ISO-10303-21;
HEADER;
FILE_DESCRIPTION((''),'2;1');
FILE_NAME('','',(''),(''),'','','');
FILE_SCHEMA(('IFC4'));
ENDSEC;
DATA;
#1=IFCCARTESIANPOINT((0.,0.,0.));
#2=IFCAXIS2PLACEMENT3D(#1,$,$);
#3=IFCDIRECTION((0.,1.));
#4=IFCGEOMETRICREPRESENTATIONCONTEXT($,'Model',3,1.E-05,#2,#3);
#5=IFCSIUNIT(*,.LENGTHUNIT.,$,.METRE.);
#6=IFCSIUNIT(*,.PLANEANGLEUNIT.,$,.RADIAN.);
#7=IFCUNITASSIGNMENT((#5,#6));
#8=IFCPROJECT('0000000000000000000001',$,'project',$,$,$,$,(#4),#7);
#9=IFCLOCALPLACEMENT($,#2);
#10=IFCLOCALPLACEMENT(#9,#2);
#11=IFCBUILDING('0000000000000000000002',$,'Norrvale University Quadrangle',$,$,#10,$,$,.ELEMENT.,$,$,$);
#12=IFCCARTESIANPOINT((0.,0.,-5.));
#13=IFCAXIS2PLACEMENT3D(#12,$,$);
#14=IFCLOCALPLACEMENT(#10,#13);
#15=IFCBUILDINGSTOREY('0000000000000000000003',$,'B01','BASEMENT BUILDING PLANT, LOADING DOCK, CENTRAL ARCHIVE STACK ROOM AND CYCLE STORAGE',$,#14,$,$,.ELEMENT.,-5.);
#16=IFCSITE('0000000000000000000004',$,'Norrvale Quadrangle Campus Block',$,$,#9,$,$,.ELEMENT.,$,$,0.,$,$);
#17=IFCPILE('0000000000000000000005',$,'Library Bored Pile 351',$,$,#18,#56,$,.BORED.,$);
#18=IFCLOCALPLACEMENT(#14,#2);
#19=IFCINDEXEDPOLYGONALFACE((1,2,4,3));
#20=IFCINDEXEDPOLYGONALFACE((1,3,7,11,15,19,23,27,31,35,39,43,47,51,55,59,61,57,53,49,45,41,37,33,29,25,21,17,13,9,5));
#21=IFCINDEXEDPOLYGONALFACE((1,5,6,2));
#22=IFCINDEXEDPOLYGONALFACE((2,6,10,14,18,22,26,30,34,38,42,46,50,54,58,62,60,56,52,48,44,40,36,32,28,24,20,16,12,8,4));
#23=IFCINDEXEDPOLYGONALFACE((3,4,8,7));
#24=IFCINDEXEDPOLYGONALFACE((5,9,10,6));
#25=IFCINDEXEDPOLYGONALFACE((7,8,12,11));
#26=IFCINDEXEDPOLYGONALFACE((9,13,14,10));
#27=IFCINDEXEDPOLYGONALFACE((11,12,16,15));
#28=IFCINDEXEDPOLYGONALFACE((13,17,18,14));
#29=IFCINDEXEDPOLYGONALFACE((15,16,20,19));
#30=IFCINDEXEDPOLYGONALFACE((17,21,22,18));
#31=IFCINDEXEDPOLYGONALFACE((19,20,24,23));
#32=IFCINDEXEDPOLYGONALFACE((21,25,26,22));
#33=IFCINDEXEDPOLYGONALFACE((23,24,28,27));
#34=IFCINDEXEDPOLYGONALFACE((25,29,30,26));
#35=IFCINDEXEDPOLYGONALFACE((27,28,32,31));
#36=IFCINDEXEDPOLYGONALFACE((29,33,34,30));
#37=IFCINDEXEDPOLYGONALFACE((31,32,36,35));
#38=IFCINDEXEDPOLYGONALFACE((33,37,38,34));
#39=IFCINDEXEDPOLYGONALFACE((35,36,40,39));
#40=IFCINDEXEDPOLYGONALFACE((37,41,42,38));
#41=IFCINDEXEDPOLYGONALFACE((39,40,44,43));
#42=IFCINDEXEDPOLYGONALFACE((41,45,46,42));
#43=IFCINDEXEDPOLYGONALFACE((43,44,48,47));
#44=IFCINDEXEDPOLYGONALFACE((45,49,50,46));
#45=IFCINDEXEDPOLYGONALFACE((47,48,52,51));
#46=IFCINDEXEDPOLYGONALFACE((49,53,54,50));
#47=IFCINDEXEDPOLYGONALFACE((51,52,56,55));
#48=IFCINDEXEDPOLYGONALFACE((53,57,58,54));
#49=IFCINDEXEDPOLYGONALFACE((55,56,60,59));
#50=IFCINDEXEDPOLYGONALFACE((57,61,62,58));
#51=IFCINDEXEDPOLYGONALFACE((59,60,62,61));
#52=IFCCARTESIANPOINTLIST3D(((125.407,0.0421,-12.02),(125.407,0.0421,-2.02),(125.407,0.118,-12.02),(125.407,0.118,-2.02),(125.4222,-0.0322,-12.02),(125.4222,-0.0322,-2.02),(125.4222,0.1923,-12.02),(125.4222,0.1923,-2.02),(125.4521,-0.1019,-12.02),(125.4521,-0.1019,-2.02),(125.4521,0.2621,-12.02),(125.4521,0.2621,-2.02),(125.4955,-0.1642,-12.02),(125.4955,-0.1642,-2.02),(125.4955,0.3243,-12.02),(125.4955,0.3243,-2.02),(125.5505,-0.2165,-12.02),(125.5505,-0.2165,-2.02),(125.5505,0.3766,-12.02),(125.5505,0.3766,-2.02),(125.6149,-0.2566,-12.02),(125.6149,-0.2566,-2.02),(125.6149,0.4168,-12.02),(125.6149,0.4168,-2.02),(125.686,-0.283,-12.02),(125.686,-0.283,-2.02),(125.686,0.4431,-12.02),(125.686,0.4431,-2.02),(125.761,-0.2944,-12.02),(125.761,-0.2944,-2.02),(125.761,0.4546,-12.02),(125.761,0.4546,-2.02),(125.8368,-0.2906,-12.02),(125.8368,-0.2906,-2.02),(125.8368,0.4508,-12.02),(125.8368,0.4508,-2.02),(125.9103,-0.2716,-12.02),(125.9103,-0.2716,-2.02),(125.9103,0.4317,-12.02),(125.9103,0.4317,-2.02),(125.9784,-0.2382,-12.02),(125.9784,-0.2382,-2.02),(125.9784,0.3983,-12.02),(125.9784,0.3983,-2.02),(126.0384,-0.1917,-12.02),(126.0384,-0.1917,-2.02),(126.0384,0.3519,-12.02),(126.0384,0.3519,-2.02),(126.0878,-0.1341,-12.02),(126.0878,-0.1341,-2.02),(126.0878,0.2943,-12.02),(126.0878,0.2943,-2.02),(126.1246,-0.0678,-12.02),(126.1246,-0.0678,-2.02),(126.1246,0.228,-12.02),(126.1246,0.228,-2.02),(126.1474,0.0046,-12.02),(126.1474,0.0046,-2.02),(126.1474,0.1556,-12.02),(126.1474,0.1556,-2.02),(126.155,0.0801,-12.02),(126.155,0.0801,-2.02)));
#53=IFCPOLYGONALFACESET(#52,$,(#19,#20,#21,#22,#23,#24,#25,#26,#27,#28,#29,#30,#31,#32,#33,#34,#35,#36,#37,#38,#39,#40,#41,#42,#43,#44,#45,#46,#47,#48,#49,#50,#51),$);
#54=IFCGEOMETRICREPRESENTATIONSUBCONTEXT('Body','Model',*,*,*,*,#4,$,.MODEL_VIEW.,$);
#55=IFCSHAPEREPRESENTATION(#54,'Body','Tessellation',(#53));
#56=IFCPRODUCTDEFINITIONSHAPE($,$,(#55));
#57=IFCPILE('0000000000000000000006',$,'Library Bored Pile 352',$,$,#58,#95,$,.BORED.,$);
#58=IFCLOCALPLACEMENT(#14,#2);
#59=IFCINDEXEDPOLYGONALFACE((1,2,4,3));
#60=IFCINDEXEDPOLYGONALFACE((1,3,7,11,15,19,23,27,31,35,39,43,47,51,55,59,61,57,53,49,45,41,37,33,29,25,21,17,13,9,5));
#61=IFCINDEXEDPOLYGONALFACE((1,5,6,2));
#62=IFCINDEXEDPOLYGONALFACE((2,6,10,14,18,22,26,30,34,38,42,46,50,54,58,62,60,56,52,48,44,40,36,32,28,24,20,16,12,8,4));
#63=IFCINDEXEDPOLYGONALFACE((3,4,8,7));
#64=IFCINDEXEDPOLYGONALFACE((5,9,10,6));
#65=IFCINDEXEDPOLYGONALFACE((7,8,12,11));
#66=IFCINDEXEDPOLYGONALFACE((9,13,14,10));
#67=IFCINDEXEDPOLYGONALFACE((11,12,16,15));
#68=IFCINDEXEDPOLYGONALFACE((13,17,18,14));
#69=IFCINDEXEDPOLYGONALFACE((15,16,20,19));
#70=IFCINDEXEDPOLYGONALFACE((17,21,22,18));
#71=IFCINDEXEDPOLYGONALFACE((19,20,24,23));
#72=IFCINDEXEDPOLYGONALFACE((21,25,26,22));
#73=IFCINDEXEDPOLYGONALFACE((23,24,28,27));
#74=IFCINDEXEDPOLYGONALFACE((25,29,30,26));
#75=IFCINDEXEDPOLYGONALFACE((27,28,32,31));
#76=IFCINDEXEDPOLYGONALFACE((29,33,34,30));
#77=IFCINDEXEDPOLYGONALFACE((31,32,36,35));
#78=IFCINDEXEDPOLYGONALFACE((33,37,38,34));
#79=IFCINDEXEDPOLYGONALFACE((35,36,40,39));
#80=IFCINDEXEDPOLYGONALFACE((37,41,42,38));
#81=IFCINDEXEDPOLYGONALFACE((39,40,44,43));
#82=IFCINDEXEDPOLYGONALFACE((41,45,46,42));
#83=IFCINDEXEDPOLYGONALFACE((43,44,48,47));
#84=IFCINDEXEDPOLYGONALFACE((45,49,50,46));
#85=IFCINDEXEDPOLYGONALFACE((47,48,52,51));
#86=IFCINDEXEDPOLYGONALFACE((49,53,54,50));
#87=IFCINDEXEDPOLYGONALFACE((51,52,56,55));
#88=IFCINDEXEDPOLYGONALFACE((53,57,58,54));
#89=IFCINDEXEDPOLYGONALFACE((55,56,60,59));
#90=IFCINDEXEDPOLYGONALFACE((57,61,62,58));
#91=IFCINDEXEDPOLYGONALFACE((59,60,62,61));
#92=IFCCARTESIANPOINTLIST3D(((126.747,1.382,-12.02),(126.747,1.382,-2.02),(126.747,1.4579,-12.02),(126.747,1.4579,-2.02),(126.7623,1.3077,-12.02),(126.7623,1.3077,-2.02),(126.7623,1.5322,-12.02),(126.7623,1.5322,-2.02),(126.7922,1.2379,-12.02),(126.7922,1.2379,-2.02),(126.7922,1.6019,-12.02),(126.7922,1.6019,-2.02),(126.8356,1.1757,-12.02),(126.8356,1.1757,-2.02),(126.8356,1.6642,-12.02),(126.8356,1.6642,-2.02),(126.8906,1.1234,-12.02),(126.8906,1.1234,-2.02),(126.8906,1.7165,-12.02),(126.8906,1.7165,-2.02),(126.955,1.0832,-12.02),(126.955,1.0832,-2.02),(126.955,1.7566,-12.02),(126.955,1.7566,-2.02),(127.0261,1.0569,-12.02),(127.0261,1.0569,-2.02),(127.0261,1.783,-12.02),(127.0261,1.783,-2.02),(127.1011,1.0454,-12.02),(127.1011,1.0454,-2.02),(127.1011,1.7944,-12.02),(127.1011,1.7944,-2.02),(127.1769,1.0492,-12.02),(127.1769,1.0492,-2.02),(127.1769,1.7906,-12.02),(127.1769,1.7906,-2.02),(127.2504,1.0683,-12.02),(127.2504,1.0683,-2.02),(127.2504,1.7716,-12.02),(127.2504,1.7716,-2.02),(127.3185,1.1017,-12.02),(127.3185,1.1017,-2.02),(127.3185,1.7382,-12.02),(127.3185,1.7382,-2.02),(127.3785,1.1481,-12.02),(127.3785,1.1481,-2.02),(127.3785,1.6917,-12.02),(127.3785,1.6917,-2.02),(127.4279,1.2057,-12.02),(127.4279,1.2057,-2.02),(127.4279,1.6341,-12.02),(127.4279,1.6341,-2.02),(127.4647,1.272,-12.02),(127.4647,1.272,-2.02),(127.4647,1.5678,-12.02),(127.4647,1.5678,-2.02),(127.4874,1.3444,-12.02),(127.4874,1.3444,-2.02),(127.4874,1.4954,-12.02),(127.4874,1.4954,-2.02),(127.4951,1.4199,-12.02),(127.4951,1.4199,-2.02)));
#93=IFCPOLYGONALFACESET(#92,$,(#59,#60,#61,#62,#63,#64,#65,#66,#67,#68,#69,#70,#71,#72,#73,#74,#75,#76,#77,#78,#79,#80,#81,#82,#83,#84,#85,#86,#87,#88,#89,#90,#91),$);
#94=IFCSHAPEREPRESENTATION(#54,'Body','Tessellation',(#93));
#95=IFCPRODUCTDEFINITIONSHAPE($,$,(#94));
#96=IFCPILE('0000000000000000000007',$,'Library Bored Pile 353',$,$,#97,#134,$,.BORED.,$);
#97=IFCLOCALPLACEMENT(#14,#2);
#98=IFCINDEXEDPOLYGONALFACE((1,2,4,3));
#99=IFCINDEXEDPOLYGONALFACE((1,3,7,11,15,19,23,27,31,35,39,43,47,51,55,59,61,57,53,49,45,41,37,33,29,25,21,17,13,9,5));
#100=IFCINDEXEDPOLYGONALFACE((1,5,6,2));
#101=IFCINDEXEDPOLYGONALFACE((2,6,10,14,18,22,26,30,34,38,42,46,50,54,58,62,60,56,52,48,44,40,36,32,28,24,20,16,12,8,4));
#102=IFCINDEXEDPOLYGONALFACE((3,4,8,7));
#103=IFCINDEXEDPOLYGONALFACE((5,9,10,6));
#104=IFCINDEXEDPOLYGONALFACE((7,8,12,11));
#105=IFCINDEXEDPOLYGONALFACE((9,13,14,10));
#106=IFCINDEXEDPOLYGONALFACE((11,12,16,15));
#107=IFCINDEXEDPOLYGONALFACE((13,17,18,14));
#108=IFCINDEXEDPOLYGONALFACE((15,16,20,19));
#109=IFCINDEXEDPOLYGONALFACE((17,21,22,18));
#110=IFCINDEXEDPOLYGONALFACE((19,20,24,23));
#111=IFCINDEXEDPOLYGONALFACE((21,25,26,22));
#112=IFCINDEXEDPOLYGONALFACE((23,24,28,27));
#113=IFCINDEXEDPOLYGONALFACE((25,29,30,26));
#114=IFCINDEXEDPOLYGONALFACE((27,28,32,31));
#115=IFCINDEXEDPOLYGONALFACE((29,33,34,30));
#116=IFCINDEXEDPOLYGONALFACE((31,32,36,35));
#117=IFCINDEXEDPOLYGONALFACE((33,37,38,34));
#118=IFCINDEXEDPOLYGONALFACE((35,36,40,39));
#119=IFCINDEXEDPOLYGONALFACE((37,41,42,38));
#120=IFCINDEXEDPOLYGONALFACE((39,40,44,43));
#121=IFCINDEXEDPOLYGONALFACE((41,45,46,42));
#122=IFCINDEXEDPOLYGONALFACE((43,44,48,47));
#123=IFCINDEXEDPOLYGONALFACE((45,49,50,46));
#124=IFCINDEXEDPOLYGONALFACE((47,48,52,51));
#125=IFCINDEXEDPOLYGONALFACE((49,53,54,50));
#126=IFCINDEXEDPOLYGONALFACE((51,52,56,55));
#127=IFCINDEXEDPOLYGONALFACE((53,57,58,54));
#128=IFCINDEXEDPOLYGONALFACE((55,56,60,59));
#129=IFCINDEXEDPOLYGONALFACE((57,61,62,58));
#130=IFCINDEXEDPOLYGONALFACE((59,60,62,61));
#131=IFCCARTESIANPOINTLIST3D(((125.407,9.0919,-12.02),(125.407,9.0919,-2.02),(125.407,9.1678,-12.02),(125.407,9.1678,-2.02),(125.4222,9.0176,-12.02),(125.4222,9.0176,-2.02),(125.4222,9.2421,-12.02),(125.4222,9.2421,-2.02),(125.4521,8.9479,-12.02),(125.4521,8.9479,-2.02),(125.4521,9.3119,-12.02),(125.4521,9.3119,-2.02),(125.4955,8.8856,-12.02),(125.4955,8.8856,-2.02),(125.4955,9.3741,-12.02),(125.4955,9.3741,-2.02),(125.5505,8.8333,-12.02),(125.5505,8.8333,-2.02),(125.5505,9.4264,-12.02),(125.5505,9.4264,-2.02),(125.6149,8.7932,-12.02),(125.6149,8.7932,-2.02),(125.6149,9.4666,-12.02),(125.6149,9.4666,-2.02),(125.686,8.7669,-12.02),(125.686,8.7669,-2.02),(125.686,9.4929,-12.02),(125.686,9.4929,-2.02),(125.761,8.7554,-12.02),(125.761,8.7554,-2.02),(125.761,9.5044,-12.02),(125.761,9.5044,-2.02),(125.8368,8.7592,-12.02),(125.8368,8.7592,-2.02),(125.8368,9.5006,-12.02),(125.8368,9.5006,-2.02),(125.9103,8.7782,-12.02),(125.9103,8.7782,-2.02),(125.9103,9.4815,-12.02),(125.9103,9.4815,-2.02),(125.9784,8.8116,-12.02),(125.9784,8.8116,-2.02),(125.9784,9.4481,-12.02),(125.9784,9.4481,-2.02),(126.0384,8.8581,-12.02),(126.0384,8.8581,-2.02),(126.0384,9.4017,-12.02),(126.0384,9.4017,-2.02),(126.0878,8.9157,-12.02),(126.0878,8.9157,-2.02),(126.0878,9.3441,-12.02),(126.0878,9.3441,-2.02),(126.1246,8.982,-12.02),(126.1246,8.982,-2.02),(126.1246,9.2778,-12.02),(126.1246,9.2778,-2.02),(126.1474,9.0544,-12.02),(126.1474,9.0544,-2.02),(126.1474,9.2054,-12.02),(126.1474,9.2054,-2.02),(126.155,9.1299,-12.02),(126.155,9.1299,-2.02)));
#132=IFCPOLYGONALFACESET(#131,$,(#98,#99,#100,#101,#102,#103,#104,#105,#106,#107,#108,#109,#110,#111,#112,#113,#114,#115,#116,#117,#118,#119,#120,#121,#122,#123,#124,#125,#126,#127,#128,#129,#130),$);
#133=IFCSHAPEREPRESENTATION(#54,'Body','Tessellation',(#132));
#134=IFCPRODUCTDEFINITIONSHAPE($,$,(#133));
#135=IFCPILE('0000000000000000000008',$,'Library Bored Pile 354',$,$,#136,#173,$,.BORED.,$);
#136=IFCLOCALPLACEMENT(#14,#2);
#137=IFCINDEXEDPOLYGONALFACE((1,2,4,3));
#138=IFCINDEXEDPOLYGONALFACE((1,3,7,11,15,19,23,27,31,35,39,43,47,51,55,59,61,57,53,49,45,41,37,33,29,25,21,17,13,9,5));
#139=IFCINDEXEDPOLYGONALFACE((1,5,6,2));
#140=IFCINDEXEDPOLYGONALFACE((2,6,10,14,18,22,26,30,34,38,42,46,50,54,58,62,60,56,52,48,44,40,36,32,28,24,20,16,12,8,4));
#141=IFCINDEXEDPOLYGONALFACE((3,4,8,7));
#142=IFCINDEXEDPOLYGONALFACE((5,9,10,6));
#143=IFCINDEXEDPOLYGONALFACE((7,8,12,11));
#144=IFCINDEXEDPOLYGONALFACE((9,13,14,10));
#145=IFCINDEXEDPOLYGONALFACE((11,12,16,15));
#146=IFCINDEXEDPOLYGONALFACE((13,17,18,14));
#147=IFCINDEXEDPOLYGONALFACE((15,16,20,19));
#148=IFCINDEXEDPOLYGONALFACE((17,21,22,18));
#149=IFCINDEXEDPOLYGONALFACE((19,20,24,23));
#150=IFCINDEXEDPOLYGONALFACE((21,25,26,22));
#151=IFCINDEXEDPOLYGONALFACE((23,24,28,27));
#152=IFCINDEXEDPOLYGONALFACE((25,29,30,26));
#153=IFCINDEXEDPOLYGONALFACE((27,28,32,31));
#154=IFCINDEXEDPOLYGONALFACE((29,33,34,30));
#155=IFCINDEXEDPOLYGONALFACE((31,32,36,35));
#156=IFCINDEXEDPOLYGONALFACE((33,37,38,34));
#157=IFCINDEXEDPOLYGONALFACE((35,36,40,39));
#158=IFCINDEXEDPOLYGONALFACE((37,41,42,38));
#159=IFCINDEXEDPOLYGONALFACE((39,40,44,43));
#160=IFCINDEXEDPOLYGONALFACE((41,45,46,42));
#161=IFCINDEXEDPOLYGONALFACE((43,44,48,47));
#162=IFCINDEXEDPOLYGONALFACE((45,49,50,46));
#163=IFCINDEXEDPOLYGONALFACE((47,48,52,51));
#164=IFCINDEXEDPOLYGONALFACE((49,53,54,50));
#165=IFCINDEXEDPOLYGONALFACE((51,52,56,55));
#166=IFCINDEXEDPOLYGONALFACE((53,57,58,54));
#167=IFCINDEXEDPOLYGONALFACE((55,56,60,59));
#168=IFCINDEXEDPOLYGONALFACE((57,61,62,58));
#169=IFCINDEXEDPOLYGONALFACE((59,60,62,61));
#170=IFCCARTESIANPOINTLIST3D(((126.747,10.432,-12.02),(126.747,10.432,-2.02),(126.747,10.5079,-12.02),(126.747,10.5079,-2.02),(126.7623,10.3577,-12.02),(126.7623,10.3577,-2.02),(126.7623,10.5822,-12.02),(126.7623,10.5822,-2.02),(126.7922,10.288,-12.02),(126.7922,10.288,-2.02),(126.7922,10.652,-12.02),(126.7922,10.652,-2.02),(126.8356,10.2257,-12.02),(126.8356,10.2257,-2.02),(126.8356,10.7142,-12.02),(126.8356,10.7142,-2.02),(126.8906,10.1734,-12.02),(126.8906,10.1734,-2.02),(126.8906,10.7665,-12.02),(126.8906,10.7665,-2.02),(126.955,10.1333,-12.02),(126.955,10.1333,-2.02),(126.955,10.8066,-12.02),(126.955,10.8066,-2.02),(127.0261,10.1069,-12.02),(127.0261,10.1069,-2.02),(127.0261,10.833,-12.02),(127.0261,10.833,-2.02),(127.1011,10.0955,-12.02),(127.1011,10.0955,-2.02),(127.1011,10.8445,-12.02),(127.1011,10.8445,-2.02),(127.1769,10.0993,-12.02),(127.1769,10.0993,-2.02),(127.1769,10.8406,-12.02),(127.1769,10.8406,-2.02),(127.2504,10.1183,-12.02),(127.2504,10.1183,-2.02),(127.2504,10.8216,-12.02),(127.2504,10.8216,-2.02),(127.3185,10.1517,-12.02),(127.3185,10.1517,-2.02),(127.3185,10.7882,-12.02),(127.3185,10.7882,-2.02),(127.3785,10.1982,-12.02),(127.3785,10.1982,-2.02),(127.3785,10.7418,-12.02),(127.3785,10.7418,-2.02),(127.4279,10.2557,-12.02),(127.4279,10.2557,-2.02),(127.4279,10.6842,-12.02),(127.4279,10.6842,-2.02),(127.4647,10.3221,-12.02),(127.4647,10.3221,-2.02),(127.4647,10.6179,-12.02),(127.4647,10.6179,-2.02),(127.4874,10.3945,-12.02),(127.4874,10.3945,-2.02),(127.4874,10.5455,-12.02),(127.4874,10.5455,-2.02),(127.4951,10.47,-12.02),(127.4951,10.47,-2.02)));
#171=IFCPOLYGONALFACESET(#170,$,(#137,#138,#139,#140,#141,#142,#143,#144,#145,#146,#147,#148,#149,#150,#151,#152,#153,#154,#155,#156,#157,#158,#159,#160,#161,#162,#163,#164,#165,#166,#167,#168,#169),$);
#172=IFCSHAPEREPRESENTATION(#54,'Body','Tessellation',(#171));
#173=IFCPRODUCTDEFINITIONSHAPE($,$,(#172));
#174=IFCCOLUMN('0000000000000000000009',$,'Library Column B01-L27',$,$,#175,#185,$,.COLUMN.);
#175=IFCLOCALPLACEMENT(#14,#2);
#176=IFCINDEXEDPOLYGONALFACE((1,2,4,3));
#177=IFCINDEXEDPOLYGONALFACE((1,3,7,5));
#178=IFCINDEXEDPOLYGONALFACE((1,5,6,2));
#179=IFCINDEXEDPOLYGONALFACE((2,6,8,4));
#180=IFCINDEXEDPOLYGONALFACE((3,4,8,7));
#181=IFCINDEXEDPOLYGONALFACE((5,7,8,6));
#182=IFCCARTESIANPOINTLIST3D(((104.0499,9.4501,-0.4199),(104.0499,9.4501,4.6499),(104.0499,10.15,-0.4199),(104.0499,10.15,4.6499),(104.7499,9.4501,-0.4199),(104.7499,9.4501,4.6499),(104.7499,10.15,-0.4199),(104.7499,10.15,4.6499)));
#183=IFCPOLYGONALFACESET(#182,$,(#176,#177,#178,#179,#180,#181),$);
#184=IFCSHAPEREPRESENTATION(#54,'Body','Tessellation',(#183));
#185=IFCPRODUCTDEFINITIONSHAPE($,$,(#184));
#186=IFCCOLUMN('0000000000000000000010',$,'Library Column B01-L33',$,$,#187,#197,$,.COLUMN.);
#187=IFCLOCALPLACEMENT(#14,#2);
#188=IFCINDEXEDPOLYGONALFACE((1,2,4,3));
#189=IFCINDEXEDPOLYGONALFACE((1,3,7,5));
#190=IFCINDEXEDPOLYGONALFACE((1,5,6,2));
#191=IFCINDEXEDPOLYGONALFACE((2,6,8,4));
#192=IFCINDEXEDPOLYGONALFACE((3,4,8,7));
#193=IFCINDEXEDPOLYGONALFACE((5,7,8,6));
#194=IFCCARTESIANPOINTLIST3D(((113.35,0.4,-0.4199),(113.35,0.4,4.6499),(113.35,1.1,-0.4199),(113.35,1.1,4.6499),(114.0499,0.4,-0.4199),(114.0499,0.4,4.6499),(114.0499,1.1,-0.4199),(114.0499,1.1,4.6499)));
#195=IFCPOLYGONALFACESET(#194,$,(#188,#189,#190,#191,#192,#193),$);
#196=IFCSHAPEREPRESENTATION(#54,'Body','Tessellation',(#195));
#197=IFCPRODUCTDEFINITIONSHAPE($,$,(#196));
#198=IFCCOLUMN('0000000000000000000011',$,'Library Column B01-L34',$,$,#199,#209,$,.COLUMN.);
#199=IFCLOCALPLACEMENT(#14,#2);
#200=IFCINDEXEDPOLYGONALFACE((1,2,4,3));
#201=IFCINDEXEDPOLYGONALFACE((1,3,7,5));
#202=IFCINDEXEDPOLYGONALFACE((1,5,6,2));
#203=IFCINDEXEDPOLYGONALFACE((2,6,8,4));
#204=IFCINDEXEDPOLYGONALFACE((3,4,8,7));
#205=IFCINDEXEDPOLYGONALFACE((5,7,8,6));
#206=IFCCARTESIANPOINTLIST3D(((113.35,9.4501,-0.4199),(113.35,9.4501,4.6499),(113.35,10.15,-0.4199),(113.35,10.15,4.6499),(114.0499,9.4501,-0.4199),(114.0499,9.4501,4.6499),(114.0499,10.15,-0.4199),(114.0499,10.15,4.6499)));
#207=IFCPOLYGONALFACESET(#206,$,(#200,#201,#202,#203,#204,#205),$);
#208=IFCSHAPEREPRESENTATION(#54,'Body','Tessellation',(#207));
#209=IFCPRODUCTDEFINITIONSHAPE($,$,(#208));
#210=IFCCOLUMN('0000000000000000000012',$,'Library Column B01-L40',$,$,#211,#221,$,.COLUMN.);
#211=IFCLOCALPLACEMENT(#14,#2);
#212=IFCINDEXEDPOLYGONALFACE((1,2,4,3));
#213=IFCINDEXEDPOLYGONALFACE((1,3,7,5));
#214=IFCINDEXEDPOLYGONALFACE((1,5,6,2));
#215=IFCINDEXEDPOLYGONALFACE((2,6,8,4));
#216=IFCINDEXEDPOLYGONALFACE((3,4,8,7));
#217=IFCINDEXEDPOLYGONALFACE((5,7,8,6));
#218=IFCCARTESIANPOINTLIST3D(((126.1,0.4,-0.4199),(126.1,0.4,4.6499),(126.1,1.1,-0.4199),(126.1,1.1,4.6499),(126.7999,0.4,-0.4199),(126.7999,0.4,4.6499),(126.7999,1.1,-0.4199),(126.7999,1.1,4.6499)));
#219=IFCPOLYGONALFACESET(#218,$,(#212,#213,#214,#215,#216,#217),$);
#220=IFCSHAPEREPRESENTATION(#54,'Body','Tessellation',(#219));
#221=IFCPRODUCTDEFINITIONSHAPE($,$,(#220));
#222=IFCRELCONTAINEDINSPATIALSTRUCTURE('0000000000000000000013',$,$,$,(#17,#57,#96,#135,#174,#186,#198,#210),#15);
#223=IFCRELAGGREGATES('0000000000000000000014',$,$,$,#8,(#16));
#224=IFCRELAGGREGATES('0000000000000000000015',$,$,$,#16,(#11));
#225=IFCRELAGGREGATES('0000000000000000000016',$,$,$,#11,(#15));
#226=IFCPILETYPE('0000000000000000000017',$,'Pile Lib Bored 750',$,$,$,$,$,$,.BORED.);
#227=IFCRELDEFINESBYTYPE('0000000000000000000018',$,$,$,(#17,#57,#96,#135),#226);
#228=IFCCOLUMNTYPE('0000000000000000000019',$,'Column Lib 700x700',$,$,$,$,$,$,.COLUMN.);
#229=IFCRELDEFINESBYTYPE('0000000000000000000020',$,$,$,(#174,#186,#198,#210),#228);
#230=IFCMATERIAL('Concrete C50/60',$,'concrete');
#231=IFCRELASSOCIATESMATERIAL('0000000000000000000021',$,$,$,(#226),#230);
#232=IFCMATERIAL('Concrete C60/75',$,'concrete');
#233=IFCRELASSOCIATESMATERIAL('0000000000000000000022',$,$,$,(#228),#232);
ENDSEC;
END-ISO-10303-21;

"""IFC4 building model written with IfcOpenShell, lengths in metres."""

from ifc_helpers import new_model, si_unit, direction, frame, origin, origin_2d, place, context, subcontext, project, spatial, rectangle, circle, extrude, material, material_profile, profile_set, type_object, element, save


model = new_model("IFC4")

# Units and contexts
model_context = context("Model", 3, precision=1e-05, world=origin(), true_north=direction((0.0, 1.0)))
body_context = subcontext(model_context, "Body", "Model", "MODEL_VIEW")
ifc_project = project(units=[si_unit("LENGTHUNIT", "METRE"), si_unit("PLANEANGLEUNIT", "RADIAN")], contexts=[model_context])

# Site, building, storey
site_placement = place(None, origin())
site = spatial("IfcSite", under=ifc_project, at=site_placement, Name="Norrvale Quadrangle Campus Block", CompositionType="ELEMENT", RefElevation=0.0)
building_placement = place(site_placement, origin())
building = spatial("IfcBuilding", under=site, at=building_placement, Name="Norrvale University Quadrangle", CompositionType="ELEMENT")
storey_placement = place(building_placement, frame((0.0, 0.0, -5.0)))
storey = spatial("IfcBuildingStorey", under=building, at=storey_placement, Name="B01", Description="BASEMENT BUILDING PLANT, LOADING DOCK, CENTRAL ARCHIVE STACK ROOM AND CYCLE STORAGE", CompositionType="ELEMENT", Elevation=-5.0)

# Shared definitions
ifc_material_1 = material(Name="Concrete C50/60", Category="concrete")

# Piles
ifc_material_profile_1 = material_profile(ifc_material_1, circle(Radius=0.375, at=origin_2d()), Name="Concrete C50/60")
ifc_profile_set_1 = profile_set([ifc_material_profile_1], Name="Concrete C50/60")
pile_type = type_object("IfcPileType", Name="Pile Lib Bored 750", PredefinedType="BORED", material=ifc_profile_set_1)
for number, where, z_axis, x_axis, name in (
    (1, (125.78, 0.0801, -2.02), (0.0, 0.0, -1.0), (1.0, 0.0, 0.0), "Library Bored Pile 351"),
    (2, (127.1201, 1.4199, -2.02), (0.0, 0.0, -1.0), (1.0, 0.0, 0.0), "Library Bored Pile 352"),
    (3, (125.78, 9.1299, -2.02), (0.0, 0.0, -1.0), (1.0, 0.0, 0.0), "Library Bored Pile 353"),
    (4, (127.1201, 10.47, -2.02), (0.0, 0.0, -1.0), (1.0, 0.0, 0.0), "Library Bored Pile 354"),
):
    element("IfcPile", number, at=place(storey_placement, frame(where, z_axis=z_axis, x_axis=x_axis)), inside=storey, type_object=pile_type, Name=name, PredefinedType="BORED", context=body_context, shape_type="SweptSolid", body=[
        extrude(circle(Radius=0.375, at=origin_2d()), origin(), (0.0, 0.0, 1.0), 10.0),
    ])

# Columns
ifc_material_2 = material(Name="Concrete C60/75", Category="concrete")
ifc_material_profile_2 = material_profile(ifc_material_2, rectangle(XDim=0.7, YDim=0.7, at=origin_2d()), Name="Concrete C60/75")
ifc_profile_set_2 = profile_set([ifc_material_profile_2], Name="Concrete C60/75")
column_type = type_object("IfcColumnType", Name="Column Lib 700x700", PredefinedType="COLUMN", material=ifc_profile_set_2)
for number, where, z_axis, x_axis, name in (
    (5, (104.3999, 9.8, -0.4199), (0.0, 0.0, 1.0), (1.0, 0.0, 0.0), "Library Column B01-L27"),
    (6, (113.7, 0.75, -0.4199), (0.0, 0.0, 1.0), (1.0, 0.0, 0.0), "Library Column B01-L33"),
    (7, (113.7, 9.8, -0.4199), (0.0, 0.0, 1.0), (1.0, 0.0, 0.0), "Library Column B01-L34"),
    (8, (126.45, 0.75, -0.4199), (0.0, 0.0, 1.0), (1.0, 0.0, 0.0), "Library Column B01-L40"),
):
    element("IfcColumn", number, at=place(storey_placement, frame(where, z_axis=z_axis, x_axis=x_axis)), inside=storey, type_object=column_type, Name=name, PredefinedType="COLUMN", context=body_context, shape_type="SweptSolid", body=[
        extrude(rectangle(XDim=0.7, YDim=0.7, at=origin_2d()), origin(), (0.0, 0.0, 1.0), 5.0698),
    ])

save(model, "model.ifc")
